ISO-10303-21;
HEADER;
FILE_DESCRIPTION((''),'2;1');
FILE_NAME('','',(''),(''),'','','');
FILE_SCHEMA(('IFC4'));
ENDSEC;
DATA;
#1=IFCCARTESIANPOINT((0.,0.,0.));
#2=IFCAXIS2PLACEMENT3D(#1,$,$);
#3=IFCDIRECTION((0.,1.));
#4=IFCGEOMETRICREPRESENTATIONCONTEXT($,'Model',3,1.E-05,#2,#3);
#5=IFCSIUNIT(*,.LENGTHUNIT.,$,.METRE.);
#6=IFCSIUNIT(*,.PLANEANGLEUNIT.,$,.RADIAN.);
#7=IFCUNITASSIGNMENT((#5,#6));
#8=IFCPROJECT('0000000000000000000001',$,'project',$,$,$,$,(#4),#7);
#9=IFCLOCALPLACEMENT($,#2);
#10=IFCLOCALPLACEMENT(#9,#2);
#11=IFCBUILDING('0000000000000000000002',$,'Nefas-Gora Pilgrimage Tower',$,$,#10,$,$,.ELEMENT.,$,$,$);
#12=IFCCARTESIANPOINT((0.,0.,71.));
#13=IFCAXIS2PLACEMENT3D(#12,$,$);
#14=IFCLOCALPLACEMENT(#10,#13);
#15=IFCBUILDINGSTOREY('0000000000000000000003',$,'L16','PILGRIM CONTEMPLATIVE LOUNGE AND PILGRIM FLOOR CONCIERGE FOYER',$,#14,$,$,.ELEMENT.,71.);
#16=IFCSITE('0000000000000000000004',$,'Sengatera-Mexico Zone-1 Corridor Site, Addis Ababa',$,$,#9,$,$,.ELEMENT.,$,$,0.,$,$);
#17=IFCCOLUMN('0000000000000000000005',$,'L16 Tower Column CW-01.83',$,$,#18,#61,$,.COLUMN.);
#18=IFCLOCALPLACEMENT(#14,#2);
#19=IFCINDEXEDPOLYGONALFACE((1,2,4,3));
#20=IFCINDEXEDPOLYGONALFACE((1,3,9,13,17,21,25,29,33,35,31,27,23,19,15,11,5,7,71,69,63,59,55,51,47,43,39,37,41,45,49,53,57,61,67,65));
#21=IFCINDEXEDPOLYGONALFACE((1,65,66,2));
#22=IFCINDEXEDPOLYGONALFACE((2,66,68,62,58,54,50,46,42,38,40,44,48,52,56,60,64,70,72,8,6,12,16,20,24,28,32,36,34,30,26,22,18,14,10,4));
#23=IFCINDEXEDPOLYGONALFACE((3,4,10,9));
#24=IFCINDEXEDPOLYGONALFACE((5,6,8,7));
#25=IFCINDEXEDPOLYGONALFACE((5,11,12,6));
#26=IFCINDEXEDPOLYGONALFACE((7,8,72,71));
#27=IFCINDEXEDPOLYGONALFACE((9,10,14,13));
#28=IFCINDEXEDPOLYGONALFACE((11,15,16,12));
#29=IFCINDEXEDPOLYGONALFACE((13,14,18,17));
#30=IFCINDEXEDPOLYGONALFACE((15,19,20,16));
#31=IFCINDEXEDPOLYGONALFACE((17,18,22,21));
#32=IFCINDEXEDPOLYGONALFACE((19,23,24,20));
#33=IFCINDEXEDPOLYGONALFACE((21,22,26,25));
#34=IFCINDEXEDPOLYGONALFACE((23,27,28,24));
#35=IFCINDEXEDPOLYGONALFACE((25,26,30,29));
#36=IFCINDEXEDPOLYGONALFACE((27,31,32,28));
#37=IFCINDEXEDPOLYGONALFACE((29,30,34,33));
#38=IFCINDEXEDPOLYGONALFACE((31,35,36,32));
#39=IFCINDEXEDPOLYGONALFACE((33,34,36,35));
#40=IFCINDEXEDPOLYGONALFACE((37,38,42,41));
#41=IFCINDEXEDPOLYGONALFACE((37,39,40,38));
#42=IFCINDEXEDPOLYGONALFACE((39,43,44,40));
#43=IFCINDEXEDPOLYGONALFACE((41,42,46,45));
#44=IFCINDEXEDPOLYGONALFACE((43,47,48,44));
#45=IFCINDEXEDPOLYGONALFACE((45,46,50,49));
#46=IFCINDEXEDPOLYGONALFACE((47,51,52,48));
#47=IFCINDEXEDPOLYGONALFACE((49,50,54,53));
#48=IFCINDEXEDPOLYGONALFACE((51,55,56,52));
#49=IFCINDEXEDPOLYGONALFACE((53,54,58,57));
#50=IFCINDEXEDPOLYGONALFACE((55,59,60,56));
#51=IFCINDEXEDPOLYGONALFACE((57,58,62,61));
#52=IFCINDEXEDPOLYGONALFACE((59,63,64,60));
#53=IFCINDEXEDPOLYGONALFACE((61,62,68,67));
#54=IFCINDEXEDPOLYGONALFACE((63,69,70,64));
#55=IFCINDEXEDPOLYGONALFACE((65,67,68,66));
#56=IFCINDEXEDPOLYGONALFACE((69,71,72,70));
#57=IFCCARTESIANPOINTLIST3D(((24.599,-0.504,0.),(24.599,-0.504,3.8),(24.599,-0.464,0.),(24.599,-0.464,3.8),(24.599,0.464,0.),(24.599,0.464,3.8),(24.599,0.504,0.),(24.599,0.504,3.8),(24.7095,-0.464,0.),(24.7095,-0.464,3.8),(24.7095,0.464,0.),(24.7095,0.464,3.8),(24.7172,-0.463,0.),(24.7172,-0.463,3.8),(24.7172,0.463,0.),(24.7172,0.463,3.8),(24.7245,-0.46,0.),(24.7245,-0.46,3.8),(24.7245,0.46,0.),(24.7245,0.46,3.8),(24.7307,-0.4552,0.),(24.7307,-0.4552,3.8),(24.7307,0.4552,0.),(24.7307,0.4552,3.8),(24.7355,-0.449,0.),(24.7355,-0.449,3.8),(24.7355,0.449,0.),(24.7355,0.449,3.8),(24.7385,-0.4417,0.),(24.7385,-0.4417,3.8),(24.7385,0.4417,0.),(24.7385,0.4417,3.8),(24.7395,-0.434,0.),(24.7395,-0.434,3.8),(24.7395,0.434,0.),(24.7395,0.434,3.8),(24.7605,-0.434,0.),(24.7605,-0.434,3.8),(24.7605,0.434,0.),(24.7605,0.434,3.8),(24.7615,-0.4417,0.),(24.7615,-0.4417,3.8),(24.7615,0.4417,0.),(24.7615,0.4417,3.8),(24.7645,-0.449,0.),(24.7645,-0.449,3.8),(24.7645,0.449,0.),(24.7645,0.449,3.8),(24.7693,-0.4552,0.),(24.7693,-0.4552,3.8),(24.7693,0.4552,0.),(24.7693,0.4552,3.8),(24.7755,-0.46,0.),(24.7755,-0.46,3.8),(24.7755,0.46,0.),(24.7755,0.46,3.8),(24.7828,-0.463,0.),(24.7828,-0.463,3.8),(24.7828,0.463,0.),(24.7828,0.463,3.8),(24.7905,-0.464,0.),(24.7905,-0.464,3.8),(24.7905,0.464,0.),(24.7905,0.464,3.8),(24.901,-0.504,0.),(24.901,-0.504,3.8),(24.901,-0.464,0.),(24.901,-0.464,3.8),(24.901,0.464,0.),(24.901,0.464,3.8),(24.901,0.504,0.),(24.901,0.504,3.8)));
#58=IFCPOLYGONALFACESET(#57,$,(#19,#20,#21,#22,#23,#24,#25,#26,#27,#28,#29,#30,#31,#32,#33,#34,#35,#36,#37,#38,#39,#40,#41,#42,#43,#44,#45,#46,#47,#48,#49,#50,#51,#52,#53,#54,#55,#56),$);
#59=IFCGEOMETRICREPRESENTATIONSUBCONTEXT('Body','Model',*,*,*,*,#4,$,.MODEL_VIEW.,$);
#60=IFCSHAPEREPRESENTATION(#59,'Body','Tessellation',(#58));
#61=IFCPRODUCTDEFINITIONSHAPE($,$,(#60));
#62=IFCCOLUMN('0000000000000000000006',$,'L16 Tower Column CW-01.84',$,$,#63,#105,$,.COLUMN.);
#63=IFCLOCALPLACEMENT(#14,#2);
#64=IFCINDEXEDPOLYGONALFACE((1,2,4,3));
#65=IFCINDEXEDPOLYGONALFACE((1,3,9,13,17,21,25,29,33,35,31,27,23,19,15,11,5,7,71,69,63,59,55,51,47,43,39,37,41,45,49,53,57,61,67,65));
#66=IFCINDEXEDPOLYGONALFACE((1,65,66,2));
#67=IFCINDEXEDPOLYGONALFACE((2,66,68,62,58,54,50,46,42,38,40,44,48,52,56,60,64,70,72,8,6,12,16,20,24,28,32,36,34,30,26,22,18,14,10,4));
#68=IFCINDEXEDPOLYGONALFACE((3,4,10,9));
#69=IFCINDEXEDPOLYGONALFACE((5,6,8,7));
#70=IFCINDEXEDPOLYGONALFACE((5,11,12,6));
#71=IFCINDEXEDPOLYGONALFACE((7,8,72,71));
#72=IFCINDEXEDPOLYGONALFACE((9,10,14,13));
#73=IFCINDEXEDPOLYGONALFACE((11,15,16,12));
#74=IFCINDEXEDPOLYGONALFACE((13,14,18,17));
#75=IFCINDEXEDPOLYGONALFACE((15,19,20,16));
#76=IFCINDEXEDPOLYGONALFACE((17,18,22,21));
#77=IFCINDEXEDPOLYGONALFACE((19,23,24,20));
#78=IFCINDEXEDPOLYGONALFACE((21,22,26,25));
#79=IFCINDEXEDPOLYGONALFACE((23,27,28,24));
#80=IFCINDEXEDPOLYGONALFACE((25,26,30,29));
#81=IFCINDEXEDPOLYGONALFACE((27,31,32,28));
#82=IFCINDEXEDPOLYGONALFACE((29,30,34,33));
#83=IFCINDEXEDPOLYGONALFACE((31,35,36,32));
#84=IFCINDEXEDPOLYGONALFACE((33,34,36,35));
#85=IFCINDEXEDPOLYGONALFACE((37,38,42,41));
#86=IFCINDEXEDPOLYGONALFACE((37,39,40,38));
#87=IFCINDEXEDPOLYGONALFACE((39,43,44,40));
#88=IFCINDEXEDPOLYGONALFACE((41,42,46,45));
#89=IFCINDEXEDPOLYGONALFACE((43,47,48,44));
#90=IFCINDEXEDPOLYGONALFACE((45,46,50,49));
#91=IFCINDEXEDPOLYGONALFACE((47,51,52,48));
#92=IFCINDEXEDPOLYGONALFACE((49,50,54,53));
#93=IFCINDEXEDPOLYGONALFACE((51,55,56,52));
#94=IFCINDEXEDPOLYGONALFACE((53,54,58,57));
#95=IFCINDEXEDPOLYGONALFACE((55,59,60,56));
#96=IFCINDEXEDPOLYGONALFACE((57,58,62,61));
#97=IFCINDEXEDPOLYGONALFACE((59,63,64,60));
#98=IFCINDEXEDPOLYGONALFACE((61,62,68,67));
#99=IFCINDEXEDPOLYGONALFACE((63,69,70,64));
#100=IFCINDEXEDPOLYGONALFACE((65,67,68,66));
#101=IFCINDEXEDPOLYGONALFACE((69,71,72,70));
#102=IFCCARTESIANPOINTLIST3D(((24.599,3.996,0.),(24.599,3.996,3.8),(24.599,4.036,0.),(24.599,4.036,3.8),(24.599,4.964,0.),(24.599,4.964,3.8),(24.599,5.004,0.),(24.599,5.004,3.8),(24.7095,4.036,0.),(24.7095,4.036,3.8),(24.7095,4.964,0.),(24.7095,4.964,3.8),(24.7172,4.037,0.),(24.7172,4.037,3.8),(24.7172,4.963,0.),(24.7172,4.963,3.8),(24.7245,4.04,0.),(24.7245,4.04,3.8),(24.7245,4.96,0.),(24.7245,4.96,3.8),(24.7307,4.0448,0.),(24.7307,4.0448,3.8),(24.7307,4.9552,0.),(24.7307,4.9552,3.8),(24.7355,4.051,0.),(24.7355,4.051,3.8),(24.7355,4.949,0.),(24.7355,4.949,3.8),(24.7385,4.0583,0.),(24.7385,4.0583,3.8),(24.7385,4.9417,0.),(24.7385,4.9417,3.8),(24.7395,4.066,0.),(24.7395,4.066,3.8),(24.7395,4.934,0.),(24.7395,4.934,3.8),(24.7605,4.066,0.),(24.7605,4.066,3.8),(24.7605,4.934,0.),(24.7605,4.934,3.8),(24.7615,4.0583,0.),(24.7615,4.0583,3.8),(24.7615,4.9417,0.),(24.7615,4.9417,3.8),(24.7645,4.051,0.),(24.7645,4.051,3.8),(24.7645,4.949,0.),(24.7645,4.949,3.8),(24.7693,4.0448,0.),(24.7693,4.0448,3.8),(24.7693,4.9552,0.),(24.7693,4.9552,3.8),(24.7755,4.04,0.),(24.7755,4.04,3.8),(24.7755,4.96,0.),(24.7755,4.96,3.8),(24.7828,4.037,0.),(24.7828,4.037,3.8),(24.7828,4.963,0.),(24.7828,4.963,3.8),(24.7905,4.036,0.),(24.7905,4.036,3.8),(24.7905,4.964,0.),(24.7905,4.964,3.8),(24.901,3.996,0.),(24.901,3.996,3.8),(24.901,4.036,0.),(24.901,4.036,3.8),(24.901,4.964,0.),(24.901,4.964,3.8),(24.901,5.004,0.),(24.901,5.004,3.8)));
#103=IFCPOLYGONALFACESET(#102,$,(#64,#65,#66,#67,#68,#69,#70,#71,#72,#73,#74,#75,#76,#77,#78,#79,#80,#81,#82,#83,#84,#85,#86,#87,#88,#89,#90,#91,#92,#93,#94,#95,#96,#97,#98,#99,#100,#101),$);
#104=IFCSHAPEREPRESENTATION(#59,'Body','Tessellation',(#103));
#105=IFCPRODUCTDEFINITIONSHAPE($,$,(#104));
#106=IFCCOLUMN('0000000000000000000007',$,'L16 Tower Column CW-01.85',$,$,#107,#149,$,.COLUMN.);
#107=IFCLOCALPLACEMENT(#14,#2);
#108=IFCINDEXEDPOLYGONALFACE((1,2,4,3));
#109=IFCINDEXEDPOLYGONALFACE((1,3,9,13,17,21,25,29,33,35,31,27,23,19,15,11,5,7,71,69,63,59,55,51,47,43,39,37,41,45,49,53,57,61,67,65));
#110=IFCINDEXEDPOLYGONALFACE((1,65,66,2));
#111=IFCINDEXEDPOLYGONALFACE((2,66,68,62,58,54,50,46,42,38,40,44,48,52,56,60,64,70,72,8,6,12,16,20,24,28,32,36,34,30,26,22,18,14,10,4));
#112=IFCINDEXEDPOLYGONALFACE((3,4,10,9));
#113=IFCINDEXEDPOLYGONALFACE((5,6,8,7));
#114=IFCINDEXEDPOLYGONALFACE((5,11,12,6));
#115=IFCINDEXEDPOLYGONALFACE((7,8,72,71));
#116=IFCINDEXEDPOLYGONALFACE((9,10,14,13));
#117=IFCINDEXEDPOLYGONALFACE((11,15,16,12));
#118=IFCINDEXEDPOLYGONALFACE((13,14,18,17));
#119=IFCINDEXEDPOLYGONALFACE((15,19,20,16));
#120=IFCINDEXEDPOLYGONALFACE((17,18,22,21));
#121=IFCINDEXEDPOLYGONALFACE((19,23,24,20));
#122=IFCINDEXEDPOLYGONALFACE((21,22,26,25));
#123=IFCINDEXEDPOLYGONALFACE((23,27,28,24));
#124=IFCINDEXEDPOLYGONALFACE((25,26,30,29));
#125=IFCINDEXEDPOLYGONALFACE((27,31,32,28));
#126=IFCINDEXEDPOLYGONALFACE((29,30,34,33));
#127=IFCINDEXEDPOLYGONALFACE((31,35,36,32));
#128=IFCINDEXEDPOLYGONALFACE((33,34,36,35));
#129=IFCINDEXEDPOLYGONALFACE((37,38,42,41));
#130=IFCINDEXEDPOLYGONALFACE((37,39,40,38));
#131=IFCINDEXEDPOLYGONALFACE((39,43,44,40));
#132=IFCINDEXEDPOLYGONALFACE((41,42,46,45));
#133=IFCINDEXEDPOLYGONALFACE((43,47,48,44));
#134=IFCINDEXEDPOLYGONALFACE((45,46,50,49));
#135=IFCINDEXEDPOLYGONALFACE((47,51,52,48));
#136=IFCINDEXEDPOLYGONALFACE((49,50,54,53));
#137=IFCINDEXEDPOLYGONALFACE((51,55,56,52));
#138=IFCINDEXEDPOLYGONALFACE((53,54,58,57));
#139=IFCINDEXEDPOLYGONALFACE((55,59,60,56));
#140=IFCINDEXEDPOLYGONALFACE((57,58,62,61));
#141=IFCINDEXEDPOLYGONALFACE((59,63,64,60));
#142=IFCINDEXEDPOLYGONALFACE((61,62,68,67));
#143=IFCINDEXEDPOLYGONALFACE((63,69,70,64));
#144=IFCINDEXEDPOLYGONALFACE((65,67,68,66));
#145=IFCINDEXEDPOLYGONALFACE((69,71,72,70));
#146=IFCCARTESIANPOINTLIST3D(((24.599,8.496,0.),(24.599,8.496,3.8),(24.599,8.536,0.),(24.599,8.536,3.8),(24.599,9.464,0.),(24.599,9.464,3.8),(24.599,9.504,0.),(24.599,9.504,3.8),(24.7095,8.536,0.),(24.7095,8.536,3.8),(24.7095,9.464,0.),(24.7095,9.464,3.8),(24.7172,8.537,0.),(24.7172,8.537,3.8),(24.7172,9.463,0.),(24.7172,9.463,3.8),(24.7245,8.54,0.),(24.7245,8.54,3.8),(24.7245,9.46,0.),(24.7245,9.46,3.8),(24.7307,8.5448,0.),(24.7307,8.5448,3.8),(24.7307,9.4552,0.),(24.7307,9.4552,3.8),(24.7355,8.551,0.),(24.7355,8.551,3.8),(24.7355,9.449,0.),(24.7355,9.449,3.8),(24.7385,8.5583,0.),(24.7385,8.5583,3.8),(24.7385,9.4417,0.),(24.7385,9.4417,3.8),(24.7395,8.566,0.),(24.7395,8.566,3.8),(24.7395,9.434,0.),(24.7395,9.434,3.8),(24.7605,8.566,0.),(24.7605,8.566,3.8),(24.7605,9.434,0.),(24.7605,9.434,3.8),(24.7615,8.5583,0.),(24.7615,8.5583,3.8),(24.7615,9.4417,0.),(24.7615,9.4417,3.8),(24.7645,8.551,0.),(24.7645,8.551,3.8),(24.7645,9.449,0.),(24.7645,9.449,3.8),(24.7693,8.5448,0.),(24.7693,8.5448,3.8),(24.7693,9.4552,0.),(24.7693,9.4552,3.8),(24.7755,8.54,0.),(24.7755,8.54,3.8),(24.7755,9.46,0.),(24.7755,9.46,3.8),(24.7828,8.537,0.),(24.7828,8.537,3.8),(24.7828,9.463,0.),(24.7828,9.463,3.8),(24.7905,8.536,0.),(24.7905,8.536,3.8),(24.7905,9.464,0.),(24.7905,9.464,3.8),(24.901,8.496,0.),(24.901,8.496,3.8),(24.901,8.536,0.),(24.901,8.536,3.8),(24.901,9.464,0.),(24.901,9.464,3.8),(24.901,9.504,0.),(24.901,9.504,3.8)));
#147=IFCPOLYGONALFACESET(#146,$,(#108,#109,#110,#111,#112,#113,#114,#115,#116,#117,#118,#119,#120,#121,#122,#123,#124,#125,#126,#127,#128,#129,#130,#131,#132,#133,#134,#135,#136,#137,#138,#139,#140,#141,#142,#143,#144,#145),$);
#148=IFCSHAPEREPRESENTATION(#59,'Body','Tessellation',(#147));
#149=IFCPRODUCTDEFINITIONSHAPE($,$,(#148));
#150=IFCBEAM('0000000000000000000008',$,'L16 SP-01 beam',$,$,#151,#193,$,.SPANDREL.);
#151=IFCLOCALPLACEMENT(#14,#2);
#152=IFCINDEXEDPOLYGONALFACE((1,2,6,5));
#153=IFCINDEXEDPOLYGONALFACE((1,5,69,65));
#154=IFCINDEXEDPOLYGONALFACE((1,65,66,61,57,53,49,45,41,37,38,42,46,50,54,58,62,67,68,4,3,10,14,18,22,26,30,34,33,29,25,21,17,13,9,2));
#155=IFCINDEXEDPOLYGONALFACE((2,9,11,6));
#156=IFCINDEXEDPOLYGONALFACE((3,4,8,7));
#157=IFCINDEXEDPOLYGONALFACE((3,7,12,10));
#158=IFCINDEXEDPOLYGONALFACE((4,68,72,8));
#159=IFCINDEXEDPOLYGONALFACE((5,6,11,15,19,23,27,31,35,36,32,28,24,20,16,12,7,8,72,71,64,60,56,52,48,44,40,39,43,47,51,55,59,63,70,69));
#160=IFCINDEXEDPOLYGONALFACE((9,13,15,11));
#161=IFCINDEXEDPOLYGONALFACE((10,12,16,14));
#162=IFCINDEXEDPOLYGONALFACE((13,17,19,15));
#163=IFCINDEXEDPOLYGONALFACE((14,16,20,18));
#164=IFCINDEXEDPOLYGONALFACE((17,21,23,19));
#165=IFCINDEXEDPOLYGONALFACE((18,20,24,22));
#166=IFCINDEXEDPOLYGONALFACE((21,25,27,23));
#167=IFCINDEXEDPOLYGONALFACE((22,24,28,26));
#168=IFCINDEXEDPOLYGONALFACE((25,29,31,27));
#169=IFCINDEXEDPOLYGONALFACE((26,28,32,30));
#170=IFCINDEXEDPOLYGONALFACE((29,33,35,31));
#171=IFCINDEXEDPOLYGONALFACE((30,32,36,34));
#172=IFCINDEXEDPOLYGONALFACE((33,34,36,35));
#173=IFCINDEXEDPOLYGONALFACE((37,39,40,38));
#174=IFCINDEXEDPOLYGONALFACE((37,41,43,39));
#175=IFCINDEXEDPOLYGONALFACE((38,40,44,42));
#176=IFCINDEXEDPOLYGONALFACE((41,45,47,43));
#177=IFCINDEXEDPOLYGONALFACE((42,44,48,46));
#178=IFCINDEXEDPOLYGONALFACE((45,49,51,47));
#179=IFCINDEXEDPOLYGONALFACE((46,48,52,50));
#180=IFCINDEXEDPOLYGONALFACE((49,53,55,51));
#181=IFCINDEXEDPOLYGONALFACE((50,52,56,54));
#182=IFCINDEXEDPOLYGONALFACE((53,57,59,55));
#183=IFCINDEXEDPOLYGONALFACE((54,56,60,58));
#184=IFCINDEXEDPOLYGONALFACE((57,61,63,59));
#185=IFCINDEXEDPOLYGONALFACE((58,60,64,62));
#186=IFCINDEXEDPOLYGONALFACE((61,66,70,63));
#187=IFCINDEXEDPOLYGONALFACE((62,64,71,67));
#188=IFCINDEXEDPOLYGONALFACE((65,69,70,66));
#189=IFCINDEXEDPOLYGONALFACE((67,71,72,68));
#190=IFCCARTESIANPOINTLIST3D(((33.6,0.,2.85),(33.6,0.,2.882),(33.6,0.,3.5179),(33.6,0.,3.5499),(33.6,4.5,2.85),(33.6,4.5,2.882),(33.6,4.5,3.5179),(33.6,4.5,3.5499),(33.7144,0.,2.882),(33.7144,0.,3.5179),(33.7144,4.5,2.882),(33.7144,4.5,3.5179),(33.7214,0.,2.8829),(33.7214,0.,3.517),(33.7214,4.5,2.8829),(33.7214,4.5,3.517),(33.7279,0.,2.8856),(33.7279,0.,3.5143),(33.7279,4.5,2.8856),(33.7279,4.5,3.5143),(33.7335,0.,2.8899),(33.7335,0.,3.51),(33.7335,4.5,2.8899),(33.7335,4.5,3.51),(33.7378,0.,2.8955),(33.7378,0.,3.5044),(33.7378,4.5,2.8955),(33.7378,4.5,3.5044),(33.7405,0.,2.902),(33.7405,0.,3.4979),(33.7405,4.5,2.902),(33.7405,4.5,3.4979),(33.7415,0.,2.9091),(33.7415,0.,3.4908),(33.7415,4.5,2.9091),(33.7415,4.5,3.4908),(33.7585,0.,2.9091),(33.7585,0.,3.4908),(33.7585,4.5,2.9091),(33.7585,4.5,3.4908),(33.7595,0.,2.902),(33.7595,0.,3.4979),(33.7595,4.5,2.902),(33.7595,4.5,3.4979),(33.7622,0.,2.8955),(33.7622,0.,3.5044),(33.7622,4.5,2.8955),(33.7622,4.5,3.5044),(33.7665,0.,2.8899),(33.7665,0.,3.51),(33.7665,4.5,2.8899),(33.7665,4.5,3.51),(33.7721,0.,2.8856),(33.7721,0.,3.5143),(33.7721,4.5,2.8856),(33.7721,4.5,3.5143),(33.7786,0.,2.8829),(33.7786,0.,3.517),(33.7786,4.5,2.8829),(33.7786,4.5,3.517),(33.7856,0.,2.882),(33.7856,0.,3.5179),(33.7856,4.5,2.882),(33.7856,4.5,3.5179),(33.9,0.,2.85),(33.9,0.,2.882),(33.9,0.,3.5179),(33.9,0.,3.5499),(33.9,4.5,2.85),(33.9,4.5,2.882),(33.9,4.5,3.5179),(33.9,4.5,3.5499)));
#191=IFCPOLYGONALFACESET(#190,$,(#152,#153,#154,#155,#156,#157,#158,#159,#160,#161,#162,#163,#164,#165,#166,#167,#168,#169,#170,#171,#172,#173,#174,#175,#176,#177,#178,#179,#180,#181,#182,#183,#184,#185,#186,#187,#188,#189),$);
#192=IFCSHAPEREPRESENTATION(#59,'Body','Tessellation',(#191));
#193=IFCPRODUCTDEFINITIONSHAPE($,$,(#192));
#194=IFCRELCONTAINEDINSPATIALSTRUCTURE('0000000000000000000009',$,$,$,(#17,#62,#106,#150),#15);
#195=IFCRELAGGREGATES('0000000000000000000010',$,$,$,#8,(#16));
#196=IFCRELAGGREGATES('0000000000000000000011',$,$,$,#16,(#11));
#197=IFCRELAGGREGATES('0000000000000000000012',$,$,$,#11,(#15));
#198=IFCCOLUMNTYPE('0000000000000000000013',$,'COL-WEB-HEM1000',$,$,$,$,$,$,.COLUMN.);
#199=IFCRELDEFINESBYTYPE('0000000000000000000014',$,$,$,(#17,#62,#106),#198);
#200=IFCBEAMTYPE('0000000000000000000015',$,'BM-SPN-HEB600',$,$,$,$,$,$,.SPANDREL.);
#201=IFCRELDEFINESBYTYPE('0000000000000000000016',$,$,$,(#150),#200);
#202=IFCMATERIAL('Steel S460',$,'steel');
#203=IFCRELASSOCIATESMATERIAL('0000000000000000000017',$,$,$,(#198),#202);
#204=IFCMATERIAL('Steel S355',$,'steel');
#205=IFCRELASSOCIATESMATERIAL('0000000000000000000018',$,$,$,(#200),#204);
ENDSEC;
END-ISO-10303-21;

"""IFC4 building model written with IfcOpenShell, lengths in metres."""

from ifc_helpers import new_model, si_unit, direction, frame, origin, origin_2d, place, context, subcontext, project, spatial, i_section, extrude, source, transform, mapped, material, material_profile, profile_set, type_object, element, save


model = new_model("IFC4")

# Units and contexts
model_context = context("Model", 3, precision=1e-05, world=origin(), true_north=direction((0.0, 1.0)))
body_context = subcontext(model_context, "Body", "Model", "MODEL_VIEW")
ifc_project = project(units=[si_unit("LENGTHUNIT", "METRE"), si_unit("PLANEANGLEUNIT", "RADIAN")], contexts=[model_context])

# Site, building, storey
site_placement = place(None, origin())
site = spatial("IfcSite", under=ifc_project, at=site_placement, Name="Sengatera-Mexico Zone-1 Corridor Site, Addis Ababa", CompositionType="ELEMENT", RefElevation=0.0)
building_placement = place(site_placement, origin())
building = spatial("IfcBuilding", under=site, at=building_placement, Name="Nefas-Gora Pilgrimage Tower", CompositionType="ELEMENT")
storey_placement = place(building_placement, frame((0.0, 0.0, 71.0)))
storey = spatial("IfcBuildingStorey", under=building, at=storey_placement, Name="L16", Description="PILGRIM CONTEMPLATIVE LOUNGE AND PILGRIM FLOOR CONCIERGE FOYER", CompositionType="ELEMENT", Elevation=71.0)

# Columns
ifc_material_1 = material(Name="Steel S460", Category="steel")
ifc_material_profile_1 = material_profile(ifc_material_1, i_section(OverallWidth=0.302, OverallDepth=1.0081, WebThickness=0.021, FlangeThickness=0.04, FilletRadius=0.03, at=origin_2d()), Name="HEM 1000")
ifc_profile_set_1 = profile_set([ifc_material_profile_1], Name="Steel S460")
column_type_1 = type_object("IfcColumnType", Name="COL-WEB-HEM1000", PredefinedType="COLUMN", material=ifc_profile_set_1)
shared_shape_1 = source(origin(), body_context, "Body", "SweptSolid", [
    extrude(i_section(OverallWidth=0.302, OverallDepth=1.0081, WebThickness=0.021, FlangeThickness=0.04, FilletRadius=0.03, at=origin_2d()), origin(), (0.0, 0.0, 1.0), 3.8),
])
for number, where, z_axis, x_axis, name in (
    (1, (24.75, 0.0, 0.0), (0.0, 0.0, 1.0), (1.0, 0.0, 0.0), "L16 Tower Column CW-01.83"),
    (2, (24.75, 4.5, 0.0), (0.0, 0.0, 1.0), (1.0, 0.0, 0.0), "L16 Tower Column CW-01.84"),
    (3, (24.75, 9.0, 0.0), (0.0, 0.0, 1.0), (1.0, 0.0, 0.0), "L16 Tower Column CW-01.85"),
):
    element("IfcColumn", number, at=place(storey_placement, frame(where, z_axis=z_axis, x_axis=x_axis)), inside=storey, type_object=column_type_1, Name=name, PredefinedType="COLUMN", context=body_context, shape_type="MappedRepresentation", body=[
        mapped(shared_shape_1, transform((0.0, 0.0, 0.0), x_axis=(1.0, 0.0, 0.0), y_axis=(0.0, 1.0, 0.0), z_axis=(0.0, 0.0, 1.0), scale=1.0)),
    ])

# Beam
ifc_material_2 = material(Name="Steel S355", Category="steel")
ifc_material_profile_2 = material_profile(ifc_material_2, i_section(OverallWidth=0.3, OverallDepth=0.7, WebThickness=0.0171, FlangeThickness=0.032, FilletRadius=0.0271, at=origin_2d()), Name="HEB 700")
ifc_profile_set_2 = profile_set([ifc_material_profile_2], Name="Steel S355")
beam_type_1 = type_object("IfcBeamType", Name="BM-SPN-HEB600", PredefinedType="SPANDREL", material=ifc_profile_set_2)
shared_shape_2 = source(origin(), body_context, "Body", "SweptSolid", [
    extrude(i_section(OverallWidth=0.3, OverallDepth=0.7, WebThickness=0.0171, FlangeThickness=0.032, FilletRadius=0.0271, at=origin_2d()), origin(), (0.0, 0.0, 1.0), 4.5),
])
for number, where, z_axis, x_axis, name in (
    (4, (33.75, 0.0, 3.2), (0.0, 1.0, 0.0), (-1.0, 0.0, 0.0), "L16 SP-01 beam"),
):
    element("IfcBeam", number, at=place(storey_placement, frame(where, z_axis=z_axis, x_axis=x_axis)), inside=storey, type_object=beam_type_1, Name=name, PredefinedType="SPANDREL", context=body_context, shape_type="MappedRepresentation", body=[
        mapped(shared_shape_2, transform((0.0, 0.0, 0.0), x_axis=(1.0, 0.0, 0.0), y_axis=(0.0, 1.0, 0.0), z_axis=(0.0, 0.0, 1.0), scale=1.0)),
    ])

save(model, "model.ifc")
